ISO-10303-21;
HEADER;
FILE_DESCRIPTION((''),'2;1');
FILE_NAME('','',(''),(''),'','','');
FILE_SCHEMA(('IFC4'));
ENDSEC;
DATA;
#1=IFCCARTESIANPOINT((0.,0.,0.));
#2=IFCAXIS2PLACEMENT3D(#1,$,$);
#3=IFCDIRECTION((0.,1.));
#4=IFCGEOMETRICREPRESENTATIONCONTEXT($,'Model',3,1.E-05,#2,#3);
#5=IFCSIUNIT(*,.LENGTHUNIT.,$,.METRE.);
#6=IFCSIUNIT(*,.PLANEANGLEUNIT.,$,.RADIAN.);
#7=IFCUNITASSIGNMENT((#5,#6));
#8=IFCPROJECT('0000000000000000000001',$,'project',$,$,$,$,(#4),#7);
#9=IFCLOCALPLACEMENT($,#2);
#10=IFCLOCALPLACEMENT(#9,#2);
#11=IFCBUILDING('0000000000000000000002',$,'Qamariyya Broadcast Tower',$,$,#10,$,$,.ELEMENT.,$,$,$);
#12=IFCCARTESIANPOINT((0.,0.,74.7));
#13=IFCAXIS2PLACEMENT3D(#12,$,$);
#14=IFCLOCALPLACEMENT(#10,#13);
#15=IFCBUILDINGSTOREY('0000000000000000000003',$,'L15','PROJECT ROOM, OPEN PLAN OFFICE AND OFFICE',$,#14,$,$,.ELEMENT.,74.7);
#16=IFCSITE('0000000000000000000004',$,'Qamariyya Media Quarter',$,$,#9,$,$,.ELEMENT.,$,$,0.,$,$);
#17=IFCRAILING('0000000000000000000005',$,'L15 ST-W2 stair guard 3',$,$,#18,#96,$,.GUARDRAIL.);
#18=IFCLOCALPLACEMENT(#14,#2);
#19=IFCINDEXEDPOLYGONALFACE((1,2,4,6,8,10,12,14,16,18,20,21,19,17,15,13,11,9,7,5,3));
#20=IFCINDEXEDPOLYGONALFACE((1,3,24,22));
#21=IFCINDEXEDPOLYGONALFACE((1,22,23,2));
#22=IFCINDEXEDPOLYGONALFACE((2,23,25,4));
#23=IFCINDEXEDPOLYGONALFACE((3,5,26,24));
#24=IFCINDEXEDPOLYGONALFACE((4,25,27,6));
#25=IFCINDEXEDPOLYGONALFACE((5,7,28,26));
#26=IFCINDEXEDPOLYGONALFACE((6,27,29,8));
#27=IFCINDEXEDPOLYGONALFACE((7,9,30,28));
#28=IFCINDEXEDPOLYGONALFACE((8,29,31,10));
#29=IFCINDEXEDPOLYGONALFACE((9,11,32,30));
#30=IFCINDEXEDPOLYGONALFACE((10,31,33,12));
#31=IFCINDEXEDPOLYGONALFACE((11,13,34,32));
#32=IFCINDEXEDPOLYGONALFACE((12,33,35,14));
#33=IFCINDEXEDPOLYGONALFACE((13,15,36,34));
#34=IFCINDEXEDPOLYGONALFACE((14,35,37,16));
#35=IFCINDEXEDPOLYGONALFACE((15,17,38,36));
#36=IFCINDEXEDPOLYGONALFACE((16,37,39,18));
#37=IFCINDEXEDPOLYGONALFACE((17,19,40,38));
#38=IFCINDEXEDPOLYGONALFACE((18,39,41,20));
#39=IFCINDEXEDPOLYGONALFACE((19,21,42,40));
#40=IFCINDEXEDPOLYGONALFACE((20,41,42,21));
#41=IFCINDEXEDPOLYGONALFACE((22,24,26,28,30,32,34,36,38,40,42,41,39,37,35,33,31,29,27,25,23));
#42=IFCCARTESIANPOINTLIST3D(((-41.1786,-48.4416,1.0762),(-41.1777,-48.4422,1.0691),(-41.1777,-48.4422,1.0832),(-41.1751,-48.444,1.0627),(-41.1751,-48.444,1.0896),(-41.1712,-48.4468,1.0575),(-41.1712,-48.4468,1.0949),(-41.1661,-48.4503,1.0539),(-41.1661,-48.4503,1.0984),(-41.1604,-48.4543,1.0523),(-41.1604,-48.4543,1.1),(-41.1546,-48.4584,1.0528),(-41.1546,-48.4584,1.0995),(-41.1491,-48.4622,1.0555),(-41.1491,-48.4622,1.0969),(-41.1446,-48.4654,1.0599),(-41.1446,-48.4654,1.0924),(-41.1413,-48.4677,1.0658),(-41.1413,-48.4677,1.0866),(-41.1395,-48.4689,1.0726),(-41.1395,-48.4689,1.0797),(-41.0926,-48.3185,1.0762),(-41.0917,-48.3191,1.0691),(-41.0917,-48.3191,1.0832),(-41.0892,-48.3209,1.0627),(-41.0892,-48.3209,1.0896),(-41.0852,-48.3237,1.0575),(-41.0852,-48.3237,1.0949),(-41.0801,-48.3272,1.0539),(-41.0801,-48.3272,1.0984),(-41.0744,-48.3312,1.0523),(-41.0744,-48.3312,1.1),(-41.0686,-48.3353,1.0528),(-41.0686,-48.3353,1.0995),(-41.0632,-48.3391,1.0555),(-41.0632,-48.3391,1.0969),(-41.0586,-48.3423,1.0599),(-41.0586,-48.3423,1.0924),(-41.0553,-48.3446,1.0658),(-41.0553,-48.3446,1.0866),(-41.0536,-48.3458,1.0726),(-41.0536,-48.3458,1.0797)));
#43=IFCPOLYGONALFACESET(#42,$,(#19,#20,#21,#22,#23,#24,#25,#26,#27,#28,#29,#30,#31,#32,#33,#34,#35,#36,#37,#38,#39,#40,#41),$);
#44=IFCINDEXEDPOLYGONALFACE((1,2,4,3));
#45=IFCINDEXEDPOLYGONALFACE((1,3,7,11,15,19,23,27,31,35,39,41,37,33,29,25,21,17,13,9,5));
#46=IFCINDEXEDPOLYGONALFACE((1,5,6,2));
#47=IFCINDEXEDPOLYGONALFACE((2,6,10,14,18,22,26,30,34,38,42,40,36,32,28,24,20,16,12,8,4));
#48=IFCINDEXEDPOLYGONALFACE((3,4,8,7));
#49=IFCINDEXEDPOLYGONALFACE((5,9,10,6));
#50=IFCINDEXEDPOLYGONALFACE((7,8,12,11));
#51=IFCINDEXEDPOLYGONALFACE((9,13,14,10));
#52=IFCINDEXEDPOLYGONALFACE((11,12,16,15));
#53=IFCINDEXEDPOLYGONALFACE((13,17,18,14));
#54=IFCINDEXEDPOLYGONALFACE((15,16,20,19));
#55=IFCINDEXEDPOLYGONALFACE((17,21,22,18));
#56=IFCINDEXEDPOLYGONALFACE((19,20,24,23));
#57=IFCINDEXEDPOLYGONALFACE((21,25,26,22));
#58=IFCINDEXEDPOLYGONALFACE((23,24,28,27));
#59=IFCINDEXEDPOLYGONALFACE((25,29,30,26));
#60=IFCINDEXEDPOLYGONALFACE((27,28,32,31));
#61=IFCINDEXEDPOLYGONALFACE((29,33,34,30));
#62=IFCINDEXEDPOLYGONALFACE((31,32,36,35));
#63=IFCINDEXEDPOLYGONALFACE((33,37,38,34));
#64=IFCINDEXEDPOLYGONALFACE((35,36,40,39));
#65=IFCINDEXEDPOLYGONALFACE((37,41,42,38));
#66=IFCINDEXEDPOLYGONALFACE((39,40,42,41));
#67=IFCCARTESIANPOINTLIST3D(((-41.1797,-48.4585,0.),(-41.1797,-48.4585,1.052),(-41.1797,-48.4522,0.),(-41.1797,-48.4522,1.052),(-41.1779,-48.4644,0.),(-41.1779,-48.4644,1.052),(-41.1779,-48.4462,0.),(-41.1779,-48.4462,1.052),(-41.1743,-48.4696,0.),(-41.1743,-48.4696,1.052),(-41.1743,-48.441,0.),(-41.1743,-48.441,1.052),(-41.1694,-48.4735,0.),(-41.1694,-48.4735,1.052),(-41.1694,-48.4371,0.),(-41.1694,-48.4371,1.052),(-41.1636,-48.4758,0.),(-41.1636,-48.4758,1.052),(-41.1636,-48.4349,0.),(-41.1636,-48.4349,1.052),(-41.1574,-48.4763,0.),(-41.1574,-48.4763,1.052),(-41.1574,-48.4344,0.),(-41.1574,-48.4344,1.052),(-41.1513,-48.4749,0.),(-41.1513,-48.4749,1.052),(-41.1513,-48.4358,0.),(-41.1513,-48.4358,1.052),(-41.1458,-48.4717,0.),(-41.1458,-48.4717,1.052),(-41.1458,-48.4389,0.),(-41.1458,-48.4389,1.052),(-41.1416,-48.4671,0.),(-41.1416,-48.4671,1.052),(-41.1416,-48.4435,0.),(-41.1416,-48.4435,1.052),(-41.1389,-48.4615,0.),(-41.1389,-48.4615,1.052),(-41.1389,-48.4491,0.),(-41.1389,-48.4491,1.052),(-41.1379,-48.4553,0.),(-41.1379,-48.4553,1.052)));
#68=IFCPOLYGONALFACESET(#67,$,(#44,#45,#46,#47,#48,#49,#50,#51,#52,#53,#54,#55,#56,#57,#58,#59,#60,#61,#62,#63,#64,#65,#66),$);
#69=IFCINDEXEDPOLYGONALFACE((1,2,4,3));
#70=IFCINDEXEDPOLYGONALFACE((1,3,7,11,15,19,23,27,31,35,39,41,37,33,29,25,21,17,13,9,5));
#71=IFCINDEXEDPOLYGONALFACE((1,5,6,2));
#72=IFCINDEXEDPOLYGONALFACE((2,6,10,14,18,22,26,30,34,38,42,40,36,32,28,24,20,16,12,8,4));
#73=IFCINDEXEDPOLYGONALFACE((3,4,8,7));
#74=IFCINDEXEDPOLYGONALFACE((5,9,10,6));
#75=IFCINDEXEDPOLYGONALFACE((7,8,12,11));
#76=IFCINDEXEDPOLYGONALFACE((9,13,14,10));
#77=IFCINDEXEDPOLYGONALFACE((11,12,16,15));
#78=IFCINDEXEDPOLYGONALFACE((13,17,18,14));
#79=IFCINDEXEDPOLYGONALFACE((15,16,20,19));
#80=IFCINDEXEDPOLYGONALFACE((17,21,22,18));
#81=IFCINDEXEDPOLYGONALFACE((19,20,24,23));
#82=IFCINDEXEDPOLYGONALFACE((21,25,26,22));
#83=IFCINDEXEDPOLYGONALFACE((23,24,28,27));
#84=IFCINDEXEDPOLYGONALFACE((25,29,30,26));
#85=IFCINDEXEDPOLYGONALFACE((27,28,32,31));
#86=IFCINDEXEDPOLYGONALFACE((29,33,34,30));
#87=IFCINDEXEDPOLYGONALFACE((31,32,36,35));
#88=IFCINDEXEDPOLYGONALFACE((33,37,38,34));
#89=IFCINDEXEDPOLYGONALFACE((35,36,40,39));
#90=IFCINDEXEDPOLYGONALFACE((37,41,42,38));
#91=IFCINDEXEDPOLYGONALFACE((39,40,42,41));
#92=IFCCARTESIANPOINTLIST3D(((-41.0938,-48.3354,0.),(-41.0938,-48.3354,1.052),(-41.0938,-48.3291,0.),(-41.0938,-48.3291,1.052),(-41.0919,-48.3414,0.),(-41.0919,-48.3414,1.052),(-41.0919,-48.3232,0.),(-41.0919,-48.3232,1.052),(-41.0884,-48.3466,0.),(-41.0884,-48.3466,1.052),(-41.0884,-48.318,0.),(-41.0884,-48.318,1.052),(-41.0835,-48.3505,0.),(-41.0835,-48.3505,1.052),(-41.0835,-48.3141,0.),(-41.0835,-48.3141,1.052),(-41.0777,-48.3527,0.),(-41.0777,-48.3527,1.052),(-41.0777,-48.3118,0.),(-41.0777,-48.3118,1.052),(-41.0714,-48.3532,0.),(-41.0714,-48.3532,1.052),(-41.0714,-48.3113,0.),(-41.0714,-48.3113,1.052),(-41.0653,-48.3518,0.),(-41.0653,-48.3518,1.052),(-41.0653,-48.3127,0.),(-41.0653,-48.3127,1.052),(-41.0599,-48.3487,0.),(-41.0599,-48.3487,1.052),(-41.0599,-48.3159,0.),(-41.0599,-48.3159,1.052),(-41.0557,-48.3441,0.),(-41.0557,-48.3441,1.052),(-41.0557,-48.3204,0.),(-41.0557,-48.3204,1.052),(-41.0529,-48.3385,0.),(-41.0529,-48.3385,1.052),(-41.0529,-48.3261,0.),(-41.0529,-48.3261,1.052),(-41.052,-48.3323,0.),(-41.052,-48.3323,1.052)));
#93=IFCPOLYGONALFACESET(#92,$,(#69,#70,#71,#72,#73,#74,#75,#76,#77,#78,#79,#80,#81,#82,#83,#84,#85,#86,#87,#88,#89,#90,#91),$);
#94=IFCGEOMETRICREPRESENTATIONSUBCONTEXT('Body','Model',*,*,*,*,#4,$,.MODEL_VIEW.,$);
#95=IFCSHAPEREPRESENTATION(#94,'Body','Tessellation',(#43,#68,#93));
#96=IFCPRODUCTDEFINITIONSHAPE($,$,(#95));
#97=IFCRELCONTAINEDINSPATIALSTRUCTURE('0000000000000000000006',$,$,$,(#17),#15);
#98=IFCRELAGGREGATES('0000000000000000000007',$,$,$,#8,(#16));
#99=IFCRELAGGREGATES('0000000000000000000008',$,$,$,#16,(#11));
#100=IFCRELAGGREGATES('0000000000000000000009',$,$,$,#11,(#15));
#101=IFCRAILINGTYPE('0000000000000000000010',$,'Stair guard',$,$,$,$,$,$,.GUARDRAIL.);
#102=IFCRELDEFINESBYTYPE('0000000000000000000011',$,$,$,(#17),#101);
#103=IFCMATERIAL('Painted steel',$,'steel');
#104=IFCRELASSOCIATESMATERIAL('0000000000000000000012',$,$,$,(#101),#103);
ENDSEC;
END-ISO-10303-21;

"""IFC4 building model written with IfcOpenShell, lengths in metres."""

from ifc_helpers import new_model, si_unit, direction, frame, origin, origin_2d, place, context, subcontext, project, spatial, circle, extrude, material, type_object, element, save


model = new_model("IFC4")

# Units and contexts
model_context = context("Model", 3, precision=1e-05, world=origin(), true_north=direction((0.0, 1.0)))
body_context = subcontext(model_context, "Body", "Model", "MODEL_VIEW")
ifc_project = project(units=[si_unit("LENGTHUNIT", "METRE"), si_unit("PLANEANGLEUNIT", "RADIAN")], contexts=[model_context])

# Site, building, storey
site_placement = place(None, origin())
site = spatial("IfcSite", under=ifc_project, at=site_placement, Name="Qamariyya Media Quarter", CompositionType="ELEMENT", RefElevation=0.0)
building_placement = place(site_placement, origin())
building = spatial("IfcBuilding", under=site, at=building_placement, Name="Qamariyya Broadcast Tower", CompositionType="ELEMENT")
storey_placement = place(building_placement, frame((0.0, 0.0, 74.7)))
storey = spatial("IfcBuildingStorey", under=building, at=storey_placement, Name="L15", Description="PROJECT ROOM, OPEN PLAN OFFICE AND OFFICE", CompositionType="ELEMENT", Elevation=74.7)

# Railing
ifc_material_1 = material(Name="Painted steel", Category="steel")
railing_type_1 = type_object("IfcRailingType", Name="Stair guard", PredefinedType="GUARDRAIL", material=ifc_material_1)
railing_1_placement = place(storey_placement, frame((-41.1589, -48.4553, 0.0)))
element("IfcRailing", 1, at=railing_1_placement, inside=storey, type_object=railing_type_1, Name="L15 ST-W2 stair guard 3", PredefinedType="GUARDRAIL", context=body_context, shape_type="SweptSolid", body=[
    extrude(circle(Radius=0.0239, at=origin_2d()), frame((0.0, 0.0, 1.0762), z_axis=(0.572589, 0.819843, 0.0), x_axis=(-0.819843, 0.572589, 0.0)), (0.0, 0.0, 1.0), 0.1501),
    extrude(circle(Radius=0.021, at=origin_2d()), origin(), (0.0, 0.0, 1.0), 1.052),
    extrude(circle(Radius=0.021, at=origin_2d()), frame((0.0859, 0.123, 0.0)), (0.0, 0.0, 1.0), 1.052),
])

save(model, "model.ifc")
